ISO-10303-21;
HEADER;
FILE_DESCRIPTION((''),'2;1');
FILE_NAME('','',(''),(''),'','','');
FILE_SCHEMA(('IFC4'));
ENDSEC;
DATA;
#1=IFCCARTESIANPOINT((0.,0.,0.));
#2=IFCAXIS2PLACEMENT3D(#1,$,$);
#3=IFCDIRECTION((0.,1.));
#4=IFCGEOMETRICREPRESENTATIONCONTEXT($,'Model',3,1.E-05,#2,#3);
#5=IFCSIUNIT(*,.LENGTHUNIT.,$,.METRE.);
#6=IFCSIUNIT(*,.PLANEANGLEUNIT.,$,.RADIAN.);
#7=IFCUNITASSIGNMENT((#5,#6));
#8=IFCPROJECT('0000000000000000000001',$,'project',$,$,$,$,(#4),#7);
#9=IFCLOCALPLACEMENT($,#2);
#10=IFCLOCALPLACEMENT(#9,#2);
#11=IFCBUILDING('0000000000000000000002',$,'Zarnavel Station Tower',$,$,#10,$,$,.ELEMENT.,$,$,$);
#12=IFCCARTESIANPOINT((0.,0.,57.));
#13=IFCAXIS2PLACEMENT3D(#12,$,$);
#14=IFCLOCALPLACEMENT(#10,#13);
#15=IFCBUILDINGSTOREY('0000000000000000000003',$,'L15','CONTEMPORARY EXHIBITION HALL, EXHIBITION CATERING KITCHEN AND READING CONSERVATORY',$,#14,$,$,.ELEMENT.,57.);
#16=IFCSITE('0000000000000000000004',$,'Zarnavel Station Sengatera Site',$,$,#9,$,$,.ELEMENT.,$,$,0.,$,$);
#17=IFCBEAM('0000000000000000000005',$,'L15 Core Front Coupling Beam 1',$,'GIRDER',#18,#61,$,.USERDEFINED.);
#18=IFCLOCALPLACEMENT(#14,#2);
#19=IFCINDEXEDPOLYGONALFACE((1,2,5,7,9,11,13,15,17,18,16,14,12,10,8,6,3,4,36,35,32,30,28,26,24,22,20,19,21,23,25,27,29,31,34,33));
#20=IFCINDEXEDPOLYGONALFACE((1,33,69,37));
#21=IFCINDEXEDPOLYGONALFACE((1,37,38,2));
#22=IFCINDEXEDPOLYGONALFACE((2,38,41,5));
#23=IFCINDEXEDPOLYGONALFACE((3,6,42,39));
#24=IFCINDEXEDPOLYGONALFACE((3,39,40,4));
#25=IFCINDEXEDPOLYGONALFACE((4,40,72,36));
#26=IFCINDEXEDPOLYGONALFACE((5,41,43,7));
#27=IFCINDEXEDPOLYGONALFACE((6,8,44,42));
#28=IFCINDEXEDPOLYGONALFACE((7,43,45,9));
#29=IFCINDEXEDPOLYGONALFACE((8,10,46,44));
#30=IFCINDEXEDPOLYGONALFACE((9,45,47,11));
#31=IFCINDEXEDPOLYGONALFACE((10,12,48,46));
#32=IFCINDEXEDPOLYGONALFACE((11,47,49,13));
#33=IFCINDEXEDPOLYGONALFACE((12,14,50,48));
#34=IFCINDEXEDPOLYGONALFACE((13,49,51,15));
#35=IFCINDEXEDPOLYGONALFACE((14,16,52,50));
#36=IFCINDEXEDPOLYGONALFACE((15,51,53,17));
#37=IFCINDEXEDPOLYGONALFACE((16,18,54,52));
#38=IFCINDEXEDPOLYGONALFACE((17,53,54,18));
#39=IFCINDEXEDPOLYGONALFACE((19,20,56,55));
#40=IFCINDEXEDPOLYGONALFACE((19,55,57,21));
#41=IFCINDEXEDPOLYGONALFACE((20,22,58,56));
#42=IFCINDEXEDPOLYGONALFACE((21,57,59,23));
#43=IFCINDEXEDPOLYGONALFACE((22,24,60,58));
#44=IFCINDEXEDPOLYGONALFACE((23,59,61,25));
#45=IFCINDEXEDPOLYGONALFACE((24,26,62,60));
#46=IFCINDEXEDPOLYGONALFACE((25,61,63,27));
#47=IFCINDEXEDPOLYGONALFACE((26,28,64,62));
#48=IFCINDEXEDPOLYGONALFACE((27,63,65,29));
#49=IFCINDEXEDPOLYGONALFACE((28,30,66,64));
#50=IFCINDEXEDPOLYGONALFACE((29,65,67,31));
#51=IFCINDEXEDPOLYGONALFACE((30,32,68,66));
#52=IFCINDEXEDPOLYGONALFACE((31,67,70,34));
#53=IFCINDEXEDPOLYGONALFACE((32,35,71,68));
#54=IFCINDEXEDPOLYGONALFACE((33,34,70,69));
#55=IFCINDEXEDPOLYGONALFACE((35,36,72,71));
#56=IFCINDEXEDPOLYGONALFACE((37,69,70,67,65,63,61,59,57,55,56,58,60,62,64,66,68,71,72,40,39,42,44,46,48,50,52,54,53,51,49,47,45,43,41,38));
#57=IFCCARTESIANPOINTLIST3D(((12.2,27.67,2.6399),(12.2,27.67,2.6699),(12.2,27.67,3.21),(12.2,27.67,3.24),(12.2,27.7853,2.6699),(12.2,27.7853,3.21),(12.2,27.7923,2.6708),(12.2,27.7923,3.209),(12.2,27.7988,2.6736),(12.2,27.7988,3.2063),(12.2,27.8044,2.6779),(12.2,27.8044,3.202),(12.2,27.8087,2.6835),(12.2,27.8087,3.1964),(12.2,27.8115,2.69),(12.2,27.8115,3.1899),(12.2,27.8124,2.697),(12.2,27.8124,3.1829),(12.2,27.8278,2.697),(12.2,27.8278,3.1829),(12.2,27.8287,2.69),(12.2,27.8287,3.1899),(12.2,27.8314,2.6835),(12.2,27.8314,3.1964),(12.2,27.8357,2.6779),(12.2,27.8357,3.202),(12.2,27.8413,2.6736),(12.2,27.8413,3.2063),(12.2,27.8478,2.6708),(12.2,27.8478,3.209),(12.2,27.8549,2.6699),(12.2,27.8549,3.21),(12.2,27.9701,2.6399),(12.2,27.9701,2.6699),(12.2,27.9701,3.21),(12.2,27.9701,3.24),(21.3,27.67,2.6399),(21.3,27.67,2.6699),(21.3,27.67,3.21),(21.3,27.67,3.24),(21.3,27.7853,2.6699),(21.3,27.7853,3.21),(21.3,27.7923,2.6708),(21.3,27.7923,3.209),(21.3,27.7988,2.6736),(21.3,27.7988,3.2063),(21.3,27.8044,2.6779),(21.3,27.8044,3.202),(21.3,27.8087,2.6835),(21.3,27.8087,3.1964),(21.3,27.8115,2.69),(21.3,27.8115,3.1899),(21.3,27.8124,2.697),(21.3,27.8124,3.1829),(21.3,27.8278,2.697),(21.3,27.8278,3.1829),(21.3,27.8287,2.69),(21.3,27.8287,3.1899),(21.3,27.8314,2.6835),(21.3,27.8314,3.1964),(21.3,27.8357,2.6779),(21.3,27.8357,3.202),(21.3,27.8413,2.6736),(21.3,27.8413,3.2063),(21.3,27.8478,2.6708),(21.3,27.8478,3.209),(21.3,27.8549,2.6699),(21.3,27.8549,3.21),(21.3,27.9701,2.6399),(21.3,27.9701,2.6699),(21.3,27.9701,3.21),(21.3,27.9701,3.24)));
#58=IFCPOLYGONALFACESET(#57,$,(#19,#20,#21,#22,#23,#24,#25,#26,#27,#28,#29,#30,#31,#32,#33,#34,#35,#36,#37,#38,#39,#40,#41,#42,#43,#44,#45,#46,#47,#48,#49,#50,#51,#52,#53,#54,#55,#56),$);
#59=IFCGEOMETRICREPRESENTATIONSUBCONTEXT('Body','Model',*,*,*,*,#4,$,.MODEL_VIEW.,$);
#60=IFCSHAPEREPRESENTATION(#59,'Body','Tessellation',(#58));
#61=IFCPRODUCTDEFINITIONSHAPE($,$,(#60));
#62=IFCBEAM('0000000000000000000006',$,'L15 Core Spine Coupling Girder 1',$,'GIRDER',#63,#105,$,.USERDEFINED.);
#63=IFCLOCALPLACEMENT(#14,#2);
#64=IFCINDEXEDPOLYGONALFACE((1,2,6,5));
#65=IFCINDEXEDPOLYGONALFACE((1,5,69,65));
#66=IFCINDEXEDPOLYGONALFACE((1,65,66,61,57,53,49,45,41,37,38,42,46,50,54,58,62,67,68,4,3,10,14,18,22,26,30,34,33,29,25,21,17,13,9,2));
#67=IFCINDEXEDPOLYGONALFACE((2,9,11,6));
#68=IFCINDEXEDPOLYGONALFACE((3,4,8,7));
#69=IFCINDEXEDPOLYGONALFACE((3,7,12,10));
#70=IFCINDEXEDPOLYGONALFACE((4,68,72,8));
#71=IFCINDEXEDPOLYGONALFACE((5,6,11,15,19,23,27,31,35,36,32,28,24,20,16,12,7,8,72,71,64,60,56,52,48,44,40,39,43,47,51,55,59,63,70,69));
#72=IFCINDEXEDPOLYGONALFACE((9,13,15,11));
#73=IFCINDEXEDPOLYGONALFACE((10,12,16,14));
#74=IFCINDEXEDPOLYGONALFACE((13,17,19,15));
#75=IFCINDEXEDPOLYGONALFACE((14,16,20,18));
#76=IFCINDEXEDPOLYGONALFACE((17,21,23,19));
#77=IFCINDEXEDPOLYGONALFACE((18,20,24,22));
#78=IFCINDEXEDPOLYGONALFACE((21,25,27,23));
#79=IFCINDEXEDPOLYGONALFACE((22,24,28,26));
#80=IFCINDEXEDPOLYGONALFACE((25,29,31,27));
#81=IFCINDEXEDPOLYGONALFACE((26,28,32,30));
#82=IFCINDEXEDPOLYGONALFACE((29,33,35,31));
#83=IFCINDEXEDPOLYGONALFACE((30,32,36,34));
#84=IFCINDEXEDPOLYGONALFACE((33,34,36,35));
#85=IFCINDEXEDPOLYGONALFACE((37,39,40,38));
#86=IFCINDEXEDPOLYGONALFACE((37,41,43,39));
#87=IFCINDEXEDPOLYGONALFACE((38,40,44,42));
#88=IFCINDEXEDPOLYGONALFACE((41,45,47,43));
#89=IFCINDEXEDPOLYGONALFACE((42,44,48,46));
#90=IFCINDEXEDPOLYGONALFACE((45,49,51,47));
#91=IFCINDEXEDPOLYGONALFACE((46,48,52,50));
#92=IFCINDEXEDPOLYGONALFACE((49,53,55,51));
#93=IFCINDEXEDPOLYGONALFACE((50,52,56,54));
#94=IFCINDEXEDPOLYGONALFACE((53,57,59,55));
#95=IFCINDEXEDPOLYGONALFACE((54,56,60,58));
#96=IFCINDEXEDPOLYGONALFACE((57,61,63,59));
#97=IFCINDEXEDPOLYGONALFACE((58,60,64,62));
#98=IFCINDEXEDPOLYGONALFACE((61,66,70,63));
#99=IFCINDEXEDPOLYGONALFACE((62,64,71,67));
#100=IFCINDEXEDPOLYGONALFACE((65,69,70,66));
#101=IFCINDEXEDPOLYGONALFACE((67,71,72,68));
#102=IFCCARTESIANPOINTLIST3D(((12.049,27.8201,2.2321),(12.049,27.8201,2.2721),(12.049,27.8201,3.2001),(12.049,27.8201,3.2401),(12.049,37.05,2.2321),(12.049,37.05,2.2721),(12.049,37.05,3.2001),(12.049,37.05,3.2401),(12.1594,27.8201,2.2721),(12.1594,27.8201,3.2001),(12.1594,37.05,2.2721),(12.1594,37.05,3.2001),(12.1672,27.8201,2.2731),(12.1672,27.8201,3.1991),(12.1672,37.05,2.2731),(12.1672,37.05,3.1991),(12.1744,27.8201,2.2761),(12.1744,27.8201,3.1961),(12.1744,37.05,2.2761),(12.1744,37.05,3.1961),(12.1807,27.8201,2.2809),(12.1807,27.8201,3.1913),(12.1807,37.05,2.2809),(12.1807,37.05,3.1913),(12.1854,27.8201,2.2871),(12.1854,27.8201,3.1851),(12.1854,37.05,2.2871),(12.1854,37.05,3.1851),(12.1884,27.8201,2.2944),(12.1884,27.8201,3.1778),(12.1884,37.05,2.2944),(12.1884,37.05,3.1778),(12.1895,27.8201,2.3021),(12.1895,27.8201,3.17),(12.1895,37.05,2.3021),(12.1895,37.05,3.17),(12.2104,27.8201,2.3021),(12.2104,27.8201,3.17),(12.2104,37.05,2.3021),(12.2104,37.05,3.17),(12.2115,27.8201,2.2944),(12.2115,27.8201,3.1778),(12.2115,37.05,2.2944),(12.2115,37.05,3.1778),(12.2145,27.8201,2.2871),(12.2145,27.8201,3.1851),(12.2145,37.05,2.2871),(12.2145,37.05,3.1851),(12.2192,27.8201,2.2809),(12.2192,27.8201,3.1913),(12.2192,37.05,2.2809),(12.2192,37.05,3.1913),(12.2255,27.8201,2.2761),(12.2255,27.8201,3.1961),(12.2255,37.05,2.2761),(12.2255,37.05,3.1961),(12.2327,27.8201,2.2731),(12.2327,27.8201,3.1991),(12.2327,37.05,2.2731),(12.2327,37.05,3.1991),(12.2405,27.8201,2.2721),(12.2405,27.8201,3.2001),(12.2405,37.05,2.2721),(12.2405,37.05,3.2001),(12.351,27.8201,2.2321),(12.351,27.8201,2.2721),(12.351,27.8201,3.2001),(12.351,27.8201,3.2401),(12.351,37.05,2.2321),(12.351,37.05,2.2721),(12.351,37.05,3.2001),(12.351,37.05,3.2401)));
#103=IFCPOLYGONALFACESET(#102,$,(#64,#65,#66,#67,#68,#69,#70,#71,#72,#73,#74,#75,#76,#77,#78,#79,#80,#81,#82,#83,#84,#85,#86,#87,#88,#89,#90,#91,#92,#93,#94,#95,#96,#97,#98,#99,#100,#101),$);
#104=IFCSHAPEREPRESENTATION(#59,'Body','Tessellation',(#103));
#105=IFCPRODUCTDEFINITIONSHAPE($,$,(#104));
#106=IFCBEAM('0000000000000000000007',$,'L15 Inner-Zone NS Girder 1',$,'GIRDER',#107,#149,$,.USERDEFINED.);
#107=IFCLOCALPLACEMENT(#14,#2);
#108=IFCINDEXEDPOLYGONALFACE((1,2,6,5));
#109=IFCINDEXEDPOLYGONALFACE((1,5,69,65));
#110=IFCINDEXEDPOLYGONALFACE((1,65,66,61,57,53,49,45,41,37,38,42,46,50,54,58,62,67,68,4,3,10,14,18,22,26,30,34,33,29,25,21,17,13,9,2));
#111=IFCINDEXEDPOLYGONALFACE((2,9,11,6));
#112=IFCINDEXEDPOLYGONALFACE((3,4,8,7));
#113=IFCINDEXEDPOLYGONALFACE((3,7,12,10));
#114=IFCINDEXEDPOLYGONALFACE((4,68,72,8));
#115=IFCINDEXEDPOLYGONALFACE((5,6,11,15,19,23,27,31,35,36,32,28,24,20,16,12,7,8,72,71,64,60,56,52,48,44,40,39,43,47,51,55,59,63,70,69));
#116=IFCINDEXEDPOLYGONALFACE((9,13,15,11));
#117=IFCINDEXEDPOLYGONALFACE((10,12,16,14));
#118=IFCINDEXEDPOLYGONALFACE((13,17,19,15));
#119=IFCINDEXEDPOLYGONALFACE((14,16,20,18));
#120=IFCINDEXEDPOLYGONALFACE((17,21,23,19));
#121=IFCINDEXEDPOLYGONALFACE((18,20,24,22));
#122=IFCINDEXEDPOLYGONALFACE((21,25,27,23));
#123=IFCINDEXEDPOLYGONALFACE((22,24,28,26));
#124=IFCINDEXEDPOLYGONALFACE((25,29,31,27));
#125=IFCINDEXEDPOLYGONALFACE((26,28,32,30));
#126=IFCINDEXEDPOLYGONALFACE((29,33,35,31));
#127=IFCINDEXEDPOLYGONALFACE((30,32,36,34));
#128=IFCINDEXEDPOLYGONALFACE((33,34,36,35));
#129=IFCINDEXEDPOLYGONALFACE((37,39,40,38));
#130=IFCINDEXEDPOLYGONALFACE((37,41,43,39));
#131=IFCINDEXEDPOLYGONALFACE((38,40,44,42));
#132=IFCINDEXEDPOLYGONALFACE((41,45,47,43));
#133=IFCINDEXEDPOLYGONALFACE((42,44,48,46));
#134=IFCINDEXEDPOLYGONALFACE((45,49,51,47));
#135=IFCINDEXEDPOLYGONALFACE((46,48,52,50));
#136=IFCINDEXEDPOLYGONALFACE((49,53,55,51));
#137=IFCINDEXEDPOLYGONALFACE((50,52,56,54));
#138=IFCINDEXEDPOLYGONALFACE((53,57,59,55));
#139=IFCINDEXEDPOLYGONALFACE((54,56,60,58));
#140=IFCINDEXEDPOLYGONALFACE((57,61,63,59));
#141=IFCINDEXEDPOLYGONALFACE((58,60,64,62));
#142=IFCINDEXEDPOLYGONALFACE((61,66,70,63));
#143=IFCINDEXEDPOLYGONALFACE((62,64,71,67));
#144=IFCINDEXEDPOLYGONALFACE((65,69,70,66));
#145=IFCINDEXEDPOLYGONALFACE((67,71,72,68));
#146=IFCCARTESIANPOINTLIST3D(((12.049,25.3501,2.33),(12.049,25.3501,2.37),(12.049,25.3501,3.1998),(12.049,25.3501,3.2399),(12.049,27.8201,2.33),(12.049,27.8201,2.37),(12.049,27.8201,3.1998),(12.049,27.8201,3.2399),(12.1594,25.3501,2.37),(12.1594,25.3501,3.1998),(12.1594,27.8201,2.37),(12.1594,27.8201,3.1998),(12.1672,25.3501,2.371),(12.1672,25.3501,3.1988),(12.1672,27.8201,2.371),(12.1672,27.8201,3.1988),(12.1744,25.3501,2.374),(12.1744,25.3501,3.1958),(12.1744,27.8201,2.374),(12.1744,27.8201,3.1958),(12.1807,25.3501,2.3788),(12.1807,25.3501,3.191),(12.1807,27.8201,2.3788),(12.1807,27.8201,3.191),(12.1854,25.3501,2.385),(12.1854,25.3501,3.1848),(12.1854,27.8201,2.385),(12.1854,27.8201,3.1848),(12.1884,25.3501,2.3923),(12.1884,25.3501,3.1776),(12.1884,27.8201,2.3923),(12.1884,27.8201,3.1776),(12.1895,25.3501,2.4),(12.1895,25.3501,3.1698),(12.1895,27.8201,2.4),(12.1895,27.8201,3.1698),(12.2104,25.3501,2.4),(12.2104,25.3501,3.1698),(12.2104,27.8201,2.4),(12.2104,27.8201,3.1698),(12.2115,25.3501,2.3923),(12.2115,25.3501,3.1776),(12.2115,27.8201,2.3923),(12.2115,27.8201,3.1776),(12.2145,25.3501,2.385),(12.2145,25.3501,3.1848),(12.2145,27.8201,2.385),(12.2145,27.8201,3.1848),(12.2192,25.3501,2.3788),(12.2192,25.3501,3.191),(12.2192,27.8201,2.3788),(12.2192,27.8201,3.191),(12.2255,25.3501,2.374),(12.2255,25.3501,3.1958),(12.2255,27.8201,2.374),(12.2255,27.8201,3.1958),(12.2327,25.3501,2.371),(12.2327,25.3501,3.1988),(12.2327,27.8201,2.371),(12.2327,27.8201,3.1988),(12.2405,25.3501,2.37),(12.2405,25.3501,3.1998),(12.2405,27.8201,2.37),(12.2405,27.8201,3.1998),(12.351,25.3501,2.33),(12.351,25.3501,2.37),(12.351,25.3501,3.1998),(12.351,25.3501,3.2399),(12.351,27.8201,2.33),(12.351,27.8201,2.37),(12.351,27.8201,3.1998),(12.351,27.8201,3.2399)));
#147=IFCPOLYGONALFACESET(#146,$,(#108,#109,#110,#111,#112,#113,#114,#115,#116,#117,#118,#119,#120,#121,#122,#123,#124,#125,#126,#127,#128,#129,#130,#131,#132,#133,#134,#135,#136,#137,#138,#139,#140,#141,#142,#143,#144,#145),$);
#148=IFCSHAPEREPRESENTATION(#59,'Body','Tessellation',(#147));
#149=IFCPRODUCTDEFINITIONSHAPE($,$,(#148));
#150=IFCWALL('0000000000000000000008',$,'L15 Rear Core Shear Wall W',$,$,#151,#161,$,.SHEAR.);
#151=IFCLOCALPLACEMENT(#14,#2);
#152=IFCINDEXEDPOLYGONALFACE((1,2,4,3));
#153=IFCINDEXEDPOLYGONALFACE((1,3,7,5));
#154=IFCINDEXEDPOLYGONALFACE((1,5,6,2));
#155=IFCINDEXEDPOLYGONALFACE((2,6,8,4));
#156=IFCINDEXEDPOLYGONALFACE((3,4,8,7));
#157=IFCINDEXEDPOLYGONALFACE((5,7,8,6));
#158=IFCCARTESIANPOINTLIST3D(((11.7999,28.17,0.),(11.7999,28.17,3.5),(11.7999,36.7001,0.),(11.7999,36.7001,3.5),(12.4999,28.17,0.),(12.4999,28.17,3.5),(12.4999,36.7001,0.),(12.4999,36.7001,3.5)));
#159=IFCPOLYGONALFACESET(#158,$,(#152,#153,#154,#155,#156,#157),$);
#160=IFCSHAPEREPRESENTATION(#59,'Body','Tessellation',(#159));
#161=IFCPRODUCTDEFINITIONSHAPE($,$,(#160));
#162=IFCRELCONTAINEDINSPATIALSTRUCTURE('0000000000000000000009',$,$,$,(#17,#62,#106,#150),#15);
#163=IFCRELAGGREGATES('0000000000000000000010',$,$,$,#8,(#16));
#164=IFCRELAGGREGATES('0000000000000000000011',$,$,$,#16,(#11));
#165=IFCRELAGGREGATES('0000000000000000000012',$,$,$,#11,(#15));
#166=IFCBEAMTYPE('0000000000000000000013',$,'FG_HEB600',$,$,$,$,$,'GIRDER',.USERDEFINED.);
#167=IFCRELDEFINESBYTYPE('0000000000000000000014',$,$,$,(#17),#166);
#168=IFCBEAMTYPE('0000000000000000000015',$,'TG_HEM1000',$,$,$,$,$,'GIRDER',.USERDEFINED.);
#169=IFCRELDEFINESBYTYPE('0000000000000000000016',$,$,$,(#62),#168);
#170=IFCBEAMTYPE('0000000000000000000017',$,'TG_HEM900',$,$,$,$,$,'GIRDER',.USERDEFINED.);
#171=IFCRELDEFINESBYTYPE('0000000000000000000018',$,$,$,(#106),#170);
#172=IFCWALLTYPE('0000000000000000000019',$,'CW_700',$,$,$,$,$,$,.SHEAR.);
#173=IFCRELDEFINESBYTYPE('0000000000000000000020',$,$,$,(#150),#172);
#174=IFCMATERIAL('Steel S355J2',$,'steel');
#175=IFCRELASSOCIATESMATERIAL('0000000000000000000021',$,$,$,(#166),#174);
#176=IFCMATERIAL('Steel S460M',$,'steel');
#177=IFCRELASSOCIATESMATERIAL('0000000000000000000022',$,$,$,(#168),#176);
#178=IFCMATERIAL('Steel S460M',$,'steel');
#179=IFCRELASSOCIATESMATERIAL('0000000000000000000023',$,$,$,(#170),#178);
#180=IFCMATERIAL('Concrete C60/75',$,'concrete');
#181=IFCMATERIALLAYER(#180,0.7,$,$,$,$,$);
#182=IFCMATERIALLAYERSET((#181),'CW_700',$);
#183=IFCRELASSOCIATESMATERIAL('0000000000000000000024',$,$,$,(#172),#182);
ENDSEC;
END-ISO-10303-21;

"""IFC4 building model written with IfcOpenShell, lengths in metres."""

from ifc_helpers import new_model, si_unit, direction, frame, frame_2d, origin, origin_2d, place, context, subcontext, project, spatial, rectangle, i_section, extrude, material, layer, layer_set, material_profile, profile_set, type_object, element, save


model = new_model("IFC4")

# Units and contexts
model_context = context("Model", 3, precision=1e-05, world=origin(), true_north=direction((0.0, 1.0)))
body_context = subcontext(model_context, "Body", "Model", "MODEL_VIEW")
ifc_project = project(units=[si_unit("LENGTHUNIT", "METRE"), si_unit("PLANEANGLEUNIT", "RADIAN")], contexts=[model_context])

# Site, building, storey
site_placement = place(None, origin())
site = spatial("IfcSite", under=ifc_project, at=site_placement, Name="Zarnavel Station Sengatera Site", CompositionType="ELEMENT", RefElevation=0.0)
building_placement = place(site_placement, origin())
building = spatial("IfcBuilding", under=site, at=building_placement, Name="Zarnavel Station Tower", CompositionType="ELEMENT")
storey_placement = place(building_placement, frame((0.0, 0.0, 57.0)))
storey = spatial("IfcBuildingStorey", under=building, at=storey_placement, Name="L15", Description="CONTEMPORARY EXHIBITION HALL, EXHIBITION CATERING KITCHEN AND READING CONSERVATORY", CompositionType="ELEMENT", Elevation=57.0)

# Beams
ifc_material_1 = material(Name="Steel S355J2", Category="steel")
ifc_material_profile_1 = material_profile(ifc_material_1, i_section(OverallWidth=0.3, OverallDepth=0.6001, WebThickness=0.0154, FlangeThickness=0.03, FilletRadius=0.0271, at=origin_2d()), Name="HEB600")
ifc_profile_set_1 = profile_set([ifc_material_profile_1], Name="Steel S355J2")
beam_type_1 = type_object("IfcBeamType", Name="FG_HEB600", ElementType="GIRDER", PredefinedType="USERDEFINED", material=ifc_profile_set_1)
beam_1_placement = place(storey_placement, frame((12.2, 27.8201, 2.9399), z_axis=(1.0, 0.0, 0.0), x_axis=(0.0, 1.0, 0.0)))
element("IfcBeam", 1, at=beam_1_placement, inside=storey, type_object=beam_type_1, Name="L15 Core Front Coupling Beam 1", ObjectType="GIRDER", PredefinedType="USERDEFINED", context=body_context, shape_type="SweptSolid", body=[
    extrude(i_section(OverallWidth=0.3, OverallDepth=0.6001, WebThickness=0.0154, FlangeThickness=0.03, FilletRadius=0.0271, at=origin_2d()), origin(), (0.0, 0.0, 1.0), 9.1001),
])
ifc_material_2 = material(Name="Steel S460M", Category="steel")
ifc_material_profile_2 = material_profile(ifc_material_2, i_section(OverallWidth=0.302, OverallDepth=1.0081, WebThickness=0.021, FlangeThickness=0.04, FilletRadius=0.03, at=origin_2d()), Name="HEM1000")
ifc_profile_set_2 = profile_set([ifc_material_profile_2], Name="Steel S460M")
beam_type_2 = type_object("IfcBeamType", Name="TG_HEM1000", ElementType="GIRDER", PredefinedType="USERDEFINED", material=ifc_profile_set_2)
beam_2_placement = place(storey_placement, frame((12.2, 27.8201, 2.7361), z_axis=(0.0, 1.0, 0.0), x_axis=(-1.0, 0.0, 0.0)))
element("IfcBeam", 2, at=beam_2_placement, inside=storey, type_object=beam_type_2, Name="L15 Core Spine Coupling Girder 1", ObjectType="GIRDER", PredefinedType="USERDEFINED", context=body_context, shape_type="SweptSolid", body=[
    extrude(i_section(OverallWidth=0.302, OverallDepth=1.0081, WebThickness=0.021, FlangeThickness=0.04, FilletRadius=0.03, at=origin_2d()), origin(), (0.0, 0.0, 1.0), 9.23),
])
ifc_material_3 = material(Name="Steel S460M", Category="steel")
ifc_material_profile_3 = material_profile(ifc_material_3, i_section(OverallWidth=0.302, OverallDepth=0.9099, WebThickness=0.021, FlangeThickness=0.04, FilletRadius=0.03, at=origin_2d()), Name="HEM900")
ifc_profile_set_3 = profile_set([ifc_material_profile_3], Name="Steel S460M")
beam_type_3 = type_object("IfcBeamType", Name="TG_HEM900", ElementType="GIRDER", PredefinedType="USERDEFINED", material=ifc_profile_set_3)
beam_3_placement = place(storey_placement, frame((12.2, 25.3501, 2.7849), z_axis=(0.0, 1.0, 0.0), x_axis=(-1.0, 0.0, 0.0)))
element("IfcBeam", 3, at=beam_3_placement, inside=storey, type_object=beam_type_3, Name="L15 Inner-Zone NS Girder 1", ObjectType="GIRDER", PredefinedType="USERDEFINED", context=body_context, shape_type="SweptSolid", body=[
    extrude(i_section(OverallWidth=0.302, OverallDepth=0.9099, WebThickness=0.021, FlangeThickness=0.04, FilletRadius=0.03, at=origin_2d()), origin(), (0.0, 0.0, 1.0), 2.47),
])

# Wall
ifc_material_4 = material(Name="Concrete C60/75", Category="concrete")
ifc_layer_1 = layer(ifc_material_4, 0.7)
ifc_layer_set_1 = layer_set([ifc_layer_1], Name="CW_700")
wall_type_1 = type_object("IfcWallType", Name="CW_700", PredefinedType="SHEAR", material=ifc_layer_set_1)
wall_1_placement = place(storey_placement, frame((12.1499, 28.1699, 0.0), z_axis=(0.0, 0.0, 1.0), x_axis=(0.0, 1.0, 0.0)))
element("IfcWall", 4, at=wall_1_placement, inside=storey, type_object=wall_type_1, Name="L15 Rear Core Shear Wall W", PredefinedType="SHEAR", context=body_context, shape_type="SweptSolid", body=[
    extrude(rectangle(XDim=8.53, YDim=0.7, at=frame_2d((4.2651, 0.0))), origin(), (0.0, 0.0, 1.0), 3.5),
])

save(model, "model.ifc")
